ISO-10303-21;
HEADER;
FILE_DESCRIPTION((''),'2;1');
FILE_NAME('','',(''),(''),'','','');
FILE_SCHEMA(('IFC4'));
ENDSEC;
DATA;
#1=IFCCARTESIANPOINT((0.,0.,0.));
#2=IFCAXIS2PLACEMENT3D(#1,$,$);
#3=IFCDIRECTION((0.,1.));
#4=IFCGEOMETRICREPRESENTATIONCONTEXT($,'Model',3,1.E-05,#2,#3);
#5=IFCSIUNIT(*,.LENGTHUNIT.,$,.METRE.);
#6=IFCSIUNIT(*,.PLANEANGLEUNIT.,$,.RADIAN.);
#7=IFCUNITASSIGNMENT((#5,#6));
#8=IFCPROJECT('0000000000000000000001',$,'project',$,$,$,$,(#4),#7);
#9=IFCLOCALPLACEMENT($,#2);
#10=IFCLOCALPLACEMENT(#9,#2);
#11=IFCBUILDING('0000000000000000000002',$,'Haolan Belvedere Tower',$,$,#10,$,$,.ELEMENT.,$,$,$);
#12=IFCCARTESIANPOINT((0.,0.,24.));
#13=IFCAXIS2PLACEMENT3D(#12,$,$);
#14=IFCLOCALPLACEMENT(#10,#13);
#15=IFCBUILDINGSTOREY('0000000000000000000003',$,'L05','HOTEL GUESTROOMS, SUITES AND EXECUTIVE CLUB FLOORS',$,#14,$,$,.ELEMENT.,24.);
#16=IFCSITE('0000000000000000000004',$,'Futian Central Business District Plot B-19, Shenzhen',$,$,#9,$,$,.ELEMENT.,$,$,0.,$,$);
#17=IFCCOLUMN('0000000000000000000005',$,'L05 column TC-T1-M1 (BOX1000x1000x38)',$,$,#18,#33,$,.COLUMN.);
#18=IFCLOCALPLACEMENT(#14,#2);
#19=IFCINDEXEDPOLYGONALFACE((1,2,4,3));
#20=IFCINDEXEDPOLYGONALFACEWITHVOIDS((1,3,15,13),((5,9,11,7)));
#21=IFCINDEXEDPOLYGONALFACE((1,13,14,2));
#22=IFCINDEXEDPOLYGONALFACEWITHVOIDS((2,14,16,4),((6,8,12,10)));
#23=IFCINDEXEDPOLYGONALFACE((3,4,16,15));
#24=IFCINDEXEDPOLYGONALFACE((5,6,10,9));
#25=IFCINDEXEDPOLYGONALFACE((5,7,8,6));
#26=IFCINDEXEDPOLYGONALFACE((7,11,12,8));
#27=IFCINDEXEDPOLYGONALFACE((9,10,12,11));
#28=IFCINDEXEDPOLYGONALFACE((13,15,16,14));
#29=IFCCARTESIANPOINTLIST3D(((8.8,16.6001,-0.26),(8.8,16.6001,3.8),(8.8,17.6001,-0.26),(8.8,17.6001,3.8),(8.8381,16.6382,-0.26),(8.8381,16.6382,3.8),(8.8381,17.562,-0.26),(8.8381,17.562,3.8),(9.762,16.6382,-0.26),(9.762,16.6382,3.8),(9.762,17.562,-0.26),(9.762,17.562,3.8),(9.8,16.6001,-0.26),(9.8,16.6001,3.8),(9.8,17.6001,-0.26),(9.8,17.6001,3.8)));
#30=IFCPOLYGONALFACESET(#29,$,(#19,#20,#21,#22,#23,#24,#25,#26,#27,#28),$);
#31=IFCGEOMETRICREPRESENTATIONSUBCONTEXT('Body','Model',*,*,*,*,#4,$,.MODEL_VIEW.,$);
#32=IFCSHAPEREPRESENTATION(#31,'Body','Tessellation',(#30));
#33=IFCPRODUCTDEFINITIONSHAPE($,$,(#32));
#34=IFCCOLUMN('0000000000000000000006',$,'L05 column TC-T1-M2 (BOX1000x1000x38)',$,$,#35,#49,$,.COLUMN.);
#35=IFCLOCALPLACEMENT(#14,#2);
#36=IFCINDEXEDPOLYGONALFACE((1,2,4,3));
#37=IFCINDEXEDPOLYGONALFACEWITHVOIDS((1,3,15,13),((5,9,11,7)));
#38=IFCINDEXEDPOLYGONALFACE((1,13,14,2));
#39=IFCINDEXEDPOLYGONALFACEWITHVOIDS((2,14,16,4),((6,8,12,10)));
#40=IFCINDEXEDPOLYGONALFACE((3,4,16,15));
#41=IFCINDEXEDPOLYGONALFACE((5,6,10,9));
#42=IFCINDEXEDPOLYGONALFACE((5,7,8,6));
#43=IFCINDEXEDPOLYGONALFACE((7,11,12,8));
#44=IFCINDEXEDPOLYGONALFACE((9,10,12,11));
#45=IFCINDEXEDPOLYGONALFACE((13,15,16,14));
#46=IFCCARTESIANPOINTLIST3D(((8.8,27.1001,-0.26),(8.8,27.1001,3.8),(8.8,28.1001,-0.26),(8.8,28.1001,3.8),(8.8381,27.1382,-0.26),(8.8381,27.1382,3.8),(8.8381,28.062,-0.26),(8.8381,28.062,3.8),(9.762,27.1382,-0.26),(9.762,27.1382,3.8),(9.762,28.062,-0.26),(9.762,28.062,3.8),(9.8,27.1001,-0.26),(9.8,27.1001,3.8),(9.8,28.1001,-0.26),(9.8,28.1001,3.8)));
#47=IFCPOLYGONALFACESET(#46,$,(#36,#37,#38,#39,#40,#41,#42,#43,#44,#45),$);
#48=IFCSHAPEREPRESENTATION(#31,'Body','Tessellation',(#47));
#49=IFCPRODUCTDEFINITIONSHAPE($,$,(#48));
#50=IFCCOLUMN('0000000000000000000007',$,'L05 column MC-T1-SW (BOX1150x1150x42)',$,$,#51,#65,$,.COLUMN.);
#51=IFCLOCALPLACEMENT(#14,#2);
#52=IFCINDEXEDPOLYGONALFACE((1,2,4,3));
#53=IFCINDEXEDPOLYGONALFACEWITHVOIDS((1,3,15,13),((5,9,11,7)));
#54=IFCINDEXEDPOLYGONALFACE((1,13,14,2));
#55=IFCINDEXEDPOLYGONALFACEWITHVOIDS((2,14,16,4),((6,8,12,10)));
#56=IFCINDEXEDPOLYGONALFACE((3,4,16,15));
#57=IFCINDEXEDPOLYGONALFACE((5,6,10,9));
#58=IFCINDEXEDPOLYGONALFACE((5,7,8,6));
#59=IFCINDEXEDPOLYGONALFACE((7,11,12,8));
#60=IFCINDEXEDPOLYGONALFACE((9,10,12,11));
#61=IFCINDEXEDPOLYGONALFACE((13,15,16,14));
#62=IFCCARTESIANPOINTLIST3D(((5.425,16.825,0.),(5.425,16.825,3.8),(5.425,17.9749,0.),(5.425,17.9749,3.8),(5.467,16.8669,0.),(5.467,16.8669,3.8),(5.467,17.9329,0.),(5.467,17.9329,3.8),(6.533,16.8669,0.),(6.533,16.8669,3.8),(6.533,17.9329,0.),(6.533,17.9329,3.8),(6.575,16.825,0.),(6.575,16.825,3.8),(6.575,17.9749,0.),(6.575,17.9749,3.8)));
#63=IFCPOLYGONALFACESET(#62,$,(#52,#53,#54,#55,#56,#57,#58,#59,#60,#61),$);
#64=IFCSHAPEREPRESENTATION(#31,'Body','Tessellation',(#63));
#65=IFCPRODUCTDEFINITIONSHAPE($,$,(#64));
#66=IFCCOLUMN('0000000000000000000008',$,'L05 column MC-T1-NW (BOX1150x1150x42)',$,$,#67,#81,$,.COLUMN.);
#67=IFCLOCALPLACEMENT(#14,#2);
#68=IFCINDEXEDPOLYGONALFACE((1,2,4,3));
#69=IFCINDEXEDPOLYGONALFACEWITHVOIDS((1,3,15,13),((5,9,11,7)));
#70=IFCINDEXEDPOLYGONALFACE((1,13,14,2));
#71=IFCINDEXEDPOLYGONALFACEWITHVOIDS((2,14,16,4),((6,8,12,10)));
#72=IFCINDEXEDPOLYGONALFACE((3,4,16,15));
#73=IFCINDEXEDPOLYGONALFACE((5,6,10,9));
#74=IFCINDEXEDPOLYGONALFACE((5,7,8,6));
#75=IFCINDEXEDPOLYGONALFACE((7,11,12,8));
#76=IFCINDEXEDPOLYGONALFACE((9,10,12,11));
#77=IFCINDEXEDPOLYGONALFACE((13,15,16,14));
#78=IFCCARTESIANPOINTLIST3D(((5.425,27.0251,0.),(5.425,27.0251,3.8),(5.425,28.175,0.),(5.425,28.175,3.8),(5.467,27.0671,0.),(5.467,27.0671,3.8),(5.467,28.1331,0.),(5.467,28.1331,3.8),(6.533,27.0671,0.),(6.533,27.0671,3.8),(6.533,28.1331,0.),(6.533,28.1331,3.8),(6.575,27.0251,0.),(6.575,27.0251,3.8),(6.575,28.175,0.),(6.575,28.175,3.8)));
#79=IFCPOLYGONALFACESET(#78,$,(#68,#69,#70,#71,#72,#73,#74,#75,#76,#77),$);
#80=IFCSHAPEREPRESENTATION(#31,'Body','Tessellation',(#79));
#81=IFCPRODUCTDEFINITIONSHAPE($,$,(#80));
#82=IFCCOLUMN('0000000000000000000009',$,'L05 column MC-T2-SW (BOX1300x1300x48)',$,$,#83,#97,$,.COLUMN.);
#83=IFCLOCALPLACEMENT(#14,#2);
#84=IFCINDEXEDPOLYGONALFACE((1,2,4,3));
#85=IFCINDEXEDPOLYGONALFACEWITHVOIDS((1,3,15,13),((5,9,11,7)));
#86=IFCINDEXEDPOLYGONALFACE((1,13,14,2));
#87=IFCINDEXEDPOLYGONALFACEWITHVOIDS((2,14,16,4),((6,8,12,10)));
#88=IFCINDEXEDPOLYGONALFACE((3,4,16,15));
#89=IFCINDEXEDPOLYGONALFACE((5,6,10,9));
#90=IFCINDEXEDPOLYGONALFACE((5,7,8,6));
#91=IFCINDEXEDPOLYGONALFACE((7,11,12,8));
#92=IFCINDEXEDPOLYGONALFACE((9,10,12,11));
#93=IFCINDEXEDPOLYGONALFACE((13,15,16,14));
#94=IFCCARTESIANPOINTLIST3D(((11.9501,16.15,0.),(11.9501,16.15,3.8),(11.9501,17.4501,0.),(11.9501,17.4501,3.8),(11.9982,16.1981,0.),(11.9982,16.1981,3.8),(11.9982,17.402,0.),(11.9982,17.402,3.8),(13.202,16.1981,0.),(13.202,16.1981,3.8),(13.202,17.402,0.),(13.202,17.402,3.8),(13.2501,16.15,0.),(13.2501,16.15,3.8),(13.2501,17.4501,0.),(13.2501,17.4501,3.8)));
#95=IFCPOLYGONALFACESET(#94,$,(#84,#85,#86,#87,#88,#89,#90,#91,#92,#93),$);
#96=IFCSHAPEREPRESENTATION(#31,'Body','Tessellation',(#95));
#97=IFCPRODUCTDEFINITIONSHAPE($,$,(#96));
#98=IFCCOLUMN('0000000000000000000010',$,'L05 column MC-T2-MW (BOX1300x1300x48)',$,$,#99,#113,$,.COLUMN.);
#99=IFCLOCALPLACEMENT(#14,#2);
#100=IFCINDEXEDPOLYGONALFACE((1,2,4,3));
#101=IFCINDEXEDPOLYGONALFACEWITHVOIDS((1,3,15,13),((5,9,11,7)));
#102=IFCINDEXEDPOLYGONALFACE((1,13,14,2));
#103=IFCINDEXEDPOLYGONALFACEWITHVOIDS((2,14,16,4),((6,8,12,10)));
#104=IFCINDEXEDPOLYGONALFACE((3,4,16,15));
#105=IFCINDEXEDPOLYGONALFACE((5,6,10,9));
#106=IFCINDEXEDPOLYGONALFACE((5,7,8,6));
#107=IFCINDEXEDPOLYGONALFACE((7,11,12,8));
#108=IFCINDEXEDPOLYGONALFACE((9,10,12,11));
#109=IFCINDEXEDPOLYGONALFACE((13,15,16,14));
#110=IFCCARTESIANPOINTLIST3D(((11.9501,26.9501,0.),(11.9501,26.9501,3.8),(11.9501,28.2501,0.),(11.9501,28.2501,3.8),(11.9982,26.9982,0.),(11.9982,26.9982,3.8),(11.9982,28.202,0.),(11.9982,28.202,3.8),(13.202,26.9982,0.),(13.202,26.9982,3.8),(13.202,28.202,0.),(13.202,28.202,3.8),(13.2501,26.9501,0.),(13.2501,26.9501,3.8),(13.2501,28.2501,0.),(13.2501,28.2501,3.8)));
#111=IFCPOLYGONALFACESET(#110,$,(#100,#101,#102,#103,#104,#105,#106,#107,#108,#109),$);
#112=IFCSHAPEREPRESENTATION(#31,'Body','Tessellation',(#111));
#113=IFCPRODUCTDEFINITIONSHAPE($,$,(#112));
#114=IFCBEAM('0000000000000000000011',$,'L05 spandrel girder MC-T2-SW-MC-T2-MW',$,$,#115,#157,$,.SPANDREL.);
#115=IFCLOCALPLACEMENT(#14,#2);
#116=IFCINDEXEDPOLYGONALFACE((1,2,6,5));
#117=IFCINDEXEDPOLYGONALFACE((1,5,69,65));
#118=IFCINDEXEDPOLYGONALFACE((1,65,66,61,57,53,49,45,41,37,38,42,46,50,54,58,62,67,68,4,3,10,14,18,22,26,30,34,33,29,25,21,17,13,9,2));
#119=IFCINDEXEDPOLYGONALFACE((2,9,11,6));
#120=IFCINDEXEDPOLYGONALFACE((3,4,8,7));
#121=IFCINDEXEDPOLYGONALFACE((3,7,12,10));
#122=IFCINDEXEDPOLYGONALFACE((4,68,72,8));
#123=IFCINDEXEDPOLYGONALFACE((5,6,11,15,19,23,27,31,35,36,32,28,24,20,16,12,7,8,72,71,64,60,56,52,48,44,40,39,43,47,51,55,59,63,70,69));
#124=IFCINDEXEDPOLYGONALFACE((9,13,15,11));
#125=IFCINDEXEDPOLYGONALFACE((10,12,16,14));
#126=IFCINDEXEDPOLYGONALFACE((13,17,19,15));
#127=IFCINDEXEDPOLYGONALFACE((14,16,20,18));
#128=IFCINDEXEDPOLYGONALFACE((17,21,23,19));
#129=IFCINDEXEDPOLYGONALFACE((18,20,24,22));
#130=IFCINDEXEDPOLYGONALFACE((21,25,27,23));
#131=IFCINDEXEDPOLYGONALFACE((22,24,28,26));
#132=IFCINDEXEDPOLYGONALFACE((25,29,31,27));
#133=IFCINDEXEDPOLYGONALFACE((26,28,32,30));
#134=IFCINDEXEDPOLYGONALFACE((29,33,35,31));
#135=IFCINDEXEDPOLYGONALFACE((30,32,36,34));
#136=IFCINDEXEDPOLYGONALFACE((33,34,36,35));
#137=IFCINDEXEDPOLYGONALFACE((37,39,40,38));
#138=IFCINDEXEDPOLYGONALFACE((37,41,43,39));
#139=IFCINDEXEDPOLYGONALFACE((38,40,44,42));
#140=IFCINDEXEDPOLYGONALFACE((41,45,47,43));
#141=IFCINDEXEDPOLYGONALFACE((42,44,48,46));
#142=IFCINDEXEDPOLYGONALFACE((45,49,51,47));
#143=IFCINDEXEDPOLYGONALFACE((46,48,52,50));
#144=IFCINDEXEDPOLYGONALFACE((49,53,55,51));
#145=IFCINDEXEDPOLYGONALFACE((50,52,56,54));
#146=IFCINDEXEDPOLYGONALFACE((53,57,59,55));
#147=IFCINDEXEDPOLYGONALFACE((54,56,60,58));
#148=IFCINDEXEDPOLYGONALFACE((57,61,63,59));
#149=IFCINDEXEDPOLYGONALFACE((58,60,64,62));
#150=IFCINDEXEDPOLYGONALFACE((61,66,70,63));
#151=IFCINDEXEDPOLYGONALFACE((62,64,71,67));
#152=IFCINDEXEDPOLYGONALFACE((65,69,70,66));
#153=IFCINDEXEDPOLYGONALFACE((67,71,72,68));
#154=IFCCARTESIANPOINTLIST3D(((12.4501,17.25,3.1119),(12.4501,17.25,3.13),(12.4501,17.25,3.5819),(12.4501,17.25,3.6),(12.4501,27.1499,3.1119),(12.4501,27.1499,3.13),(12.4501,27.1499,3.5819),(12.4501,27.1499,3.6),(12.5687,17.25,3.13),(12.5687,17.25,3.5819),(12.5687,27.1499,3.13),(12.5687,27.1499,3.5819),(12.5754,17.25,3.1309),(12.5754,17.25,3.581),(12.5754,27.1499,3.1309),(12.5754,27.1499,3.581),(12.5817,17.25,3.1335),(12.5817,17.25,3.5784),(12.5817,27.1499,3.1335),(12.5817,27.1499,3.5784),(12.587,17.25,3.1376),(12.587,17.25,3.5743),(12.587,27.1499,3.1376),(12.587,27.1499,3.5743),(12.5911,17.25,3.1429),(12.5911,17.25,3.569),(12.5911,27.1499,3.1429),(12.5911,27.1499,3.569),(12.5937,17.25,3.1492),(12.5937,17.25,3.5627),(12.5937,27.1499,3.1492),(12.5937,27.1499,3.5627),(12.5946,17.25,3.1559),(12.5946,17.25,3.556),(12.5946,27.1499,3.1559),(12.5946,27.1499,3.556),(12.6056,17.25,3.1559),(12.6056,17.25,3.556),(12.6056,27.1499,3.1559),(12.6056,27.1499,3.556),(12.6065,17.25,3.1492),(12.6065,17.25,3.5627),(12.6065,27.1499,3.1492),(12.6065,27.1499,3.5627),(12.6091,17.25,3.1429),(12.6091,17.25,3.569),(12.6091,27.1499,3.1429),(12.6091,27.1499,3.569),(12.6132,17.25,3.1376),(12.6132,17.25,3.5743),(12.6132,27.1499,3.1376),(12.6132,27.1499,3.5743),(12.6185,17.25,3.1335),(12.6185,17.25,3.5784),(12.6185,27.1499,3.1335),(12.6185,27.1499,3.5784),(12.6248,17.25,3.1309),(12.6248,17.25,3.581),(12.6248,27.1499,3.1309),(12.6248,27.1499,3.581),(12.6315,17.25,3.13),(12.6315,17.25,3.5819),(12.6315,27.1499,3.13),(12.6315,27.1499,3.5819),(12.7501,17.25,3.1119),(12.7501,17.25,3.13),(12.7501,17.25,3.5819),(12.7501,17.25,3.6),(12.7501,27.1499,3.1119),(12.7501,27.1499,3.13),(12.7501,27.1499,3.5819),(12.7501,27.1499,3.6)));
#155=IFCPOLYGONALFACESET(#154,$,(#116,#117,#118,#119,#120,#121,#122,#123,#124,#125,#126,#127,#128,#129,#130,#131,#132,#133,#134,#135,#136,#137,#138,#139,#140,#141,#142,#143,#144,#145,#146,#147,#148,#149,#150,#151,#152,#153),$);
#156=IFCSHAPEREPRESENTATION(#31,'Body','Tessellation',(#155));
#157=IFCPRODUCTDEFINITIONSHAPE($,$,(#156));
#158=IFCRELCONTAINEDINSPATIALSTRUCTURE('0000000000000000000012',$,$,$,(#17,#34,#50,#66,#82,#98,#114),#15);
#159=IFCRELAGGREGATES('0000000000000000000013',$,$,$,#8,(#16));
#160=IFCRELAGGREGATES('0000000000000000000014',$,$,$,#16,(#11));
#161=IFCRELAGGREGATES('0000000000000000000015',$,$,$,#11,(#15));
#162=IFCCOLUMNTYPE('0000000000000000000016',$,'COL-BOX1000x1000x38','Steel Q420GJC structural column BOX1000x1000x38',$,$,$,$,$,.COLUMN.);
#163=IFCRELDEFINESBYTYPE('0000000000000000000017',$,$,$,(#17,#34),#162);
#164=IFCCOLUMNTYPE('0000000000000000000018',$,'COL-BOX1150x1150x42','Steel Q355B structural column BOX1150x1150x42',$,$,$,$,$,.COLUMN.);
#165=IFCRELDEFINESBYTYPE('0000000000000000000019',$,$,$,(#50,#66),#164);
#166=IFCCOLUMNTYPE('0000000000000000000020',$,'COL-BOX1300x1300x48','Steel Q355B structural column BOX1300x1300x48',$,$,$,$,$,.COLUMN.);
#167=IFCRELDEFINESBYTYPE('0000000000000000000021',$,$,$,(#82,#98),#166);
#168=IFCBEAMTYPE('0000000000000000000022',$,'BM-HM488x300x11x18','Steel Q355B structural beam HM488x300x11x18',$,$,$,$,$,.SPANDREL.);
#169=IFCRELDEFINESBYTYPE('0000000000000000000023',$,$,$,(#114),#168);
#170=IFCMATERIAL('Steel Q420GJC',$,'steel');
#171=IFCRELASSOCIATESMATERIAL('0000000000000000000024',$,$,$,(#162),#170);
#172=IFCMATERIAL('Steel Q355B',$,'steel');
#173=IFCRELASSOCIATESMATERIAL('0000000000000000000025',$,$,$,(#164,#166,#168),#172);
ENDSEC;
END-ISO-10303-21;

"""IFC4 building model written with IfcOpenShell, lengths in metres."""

from ifc_helpers import new_model, si_unit, direction, frame, origin, origin_2d, place, context, subcontext, project, spatial, hollow_rectangle, i_section, extrude, material, material_profile, profile_set, type_object, element, save


model = new_model("IFC4")

# Units and contexts
model_context = context("Model", 3, precision=1e-05, world=origin(), true_north=direction((0.0, 1.0)))
body_context = subcontext(model_context, "Body", "Model", "MODEL_VIEW")
ifc_project = project(units=[si_unit("LENGTHUNIT", "METRE"), si_unit("PLANEANGLEUNIT", "RADIAN")], contexts=[model_context])

# Site, building, storey
site_placement = place(None, origin())
site = spatial("IfcSite", under=ifc_project, at=site_placement, Name="Futian Central Business District Plot B-19, Shenzhen", CompositionType="ELEMENT", RefElevation=0.0)
building_placement = place(site_placement, origin())
building = spatial("IfcBuilding", under=site, at=building_placement, Name="Haolan Belvedere Tower", CompositionType="ELEMENT")
storey_placement = place(building_placement, frame((0.0, 0.0, 24.0)))
storey = spatial("IfcBuildingStorey", under=building, at=storey_placement, Name="L05", Description="HOTEL GUESTROOMS, SUITES AND EXECUTIVE CLUB FLOORS", CompositionType="ELEMENT", Elevation=24.0)

# Columns
ifc_material_1 = material(Name="Steel Q420GJC", Category="steel")
ifc_material_profile_1 = material_profile(ifc_material_1, hollow_rectangle(XDim=1.0, YDim=1.0, WallThickness=0.0381, at=origin_2d()), Name="Steel Q420GJC")
ifc_profile_set_1 = profile_set([ifc_material_profile_1], Name="Steel Q420GJC")
column_type_1 = type_object("IfcColumnType", Name="COL-BOX1000x1000x38", Description="Steel Q420GJC structural column BOX1000x1000x38", PredefinedType="COLUMN", material=ifc_profile_set_1)
for number, where, z_axis, x_axis, name in (
    (1, (9.3, 17.1001, -0.26), (0.0, 0.0, 1.0), (1.0, 0.0, 0.0), "L05 column TC-T1-M1 (BOX1000x1000x38)"),
    (2, (9.3, 27.6001, -0.26), (0.0, 0.0, 1.0), (1.0, 0.0, 0.0), "L05 column TC-T1-M2 (BOX1000x1000x38)"),
):
    element("IfcColumn", number, at=place(storey_placement, frame(where, z_axis=z_axis, x_axis=x_axis)), inside=storey, type_object=column_type_1, Name=name, PredefinedType="COLUMN", context=body_context, shape_type="SweptSolid", body=[
        extrude(hollow_rectangle(XDim=1.0, YDim=1.0, WallThickness=0.0381, at=origin_2d()), origin(), (0.0, 0.0, 1.0), 4.0601),
    ])
ifc_material_2 = material(Name="Steel Q355B", Category="steel")
ifc_material_profile_2 = material_profile(ifc_material_2, hollow_rectangle(XDim=1.1499, YDim=1.1499, WallThickness=0.042, at=origin_2d()), Name="Steel Q355B")
ifc_profile_set_2 = profile_set([ifc_material_profile_2], Name="Steel Q355B")
column_type_2 = type_object("IfcColumnType", Name="COL-BOX1150x1150x42", Description="Steel Q355B structural column BOX1150x1150x42", PredefinedType="COLUMN", material=ifc_profile_set_2)
for number, where, z_axis, x_axis, name in (
    (3, (6.0, 17.3999, 0.0), (0.0, 0.0, 1.0), (1.0, 0.0, 0.0), "L05 column MC-T1-SW (BOX1150x1150x42)"),
    (4, (6.0, 27.6001, 0.0), (0.0, 0.0, 1.0), (1.0, 0.0, 0.0), "L05 column MC-T1-NW (BOX1150x1150x42)"),
):
    element("IfcColumn", number, at=place(storey_placement, frame(where, z_axis=z_axis, x_axis=x_axis)), inside=storey, type_object=column_type_2, Name=name, PredefinedType="COLUMN", context=body_context, shape_type="SweptSolid", body=[
        extrude(hollow_rectangle(XDim=1.1499, YDim=1.1499, WallThickness=0.042, at=origin_2d()), origin(), (0.0, 0.0, 1.0), 3.8),
    ])
ifc_material_profile_3 = material_profile(ifc_material_2, hollow_rectangle(XDim=1.3, YDim=1.3, WallThickness=0.0481, at=origin_2d()), Name="Steel Q355B")
ifc_profile_set_3 = profile_set([ifc_material_profile_3], Name="Steel Q355B")
column_type_3 = type_object("IfcColumnType", Name="COL-BOX1300x1300x48", Description="Steel Q355B structural column BOX1300x1300x48", PredefinedType="COLUMN", material=ifc_profile_set_3)
for number, where, z_axis, x_axis, name in (
    (5, (12.6001, 16.8, 0.0), (0.0, 0.0, 1.0), (1.0, 0.0, 0.0), "L05 column MC-T2-SW (BOX1300x1300x48)"),
    (6, (12.6001, 27.6001, 0.0), (0.0, 0.0, 1.0), (1.0, 0.0, 0.0), "L05 column MC-T2-MW (BOX1300x1300x48)"),
):
    element("IfcColumn", number, at=place(storey_placement, frame(where, z_axis=z_axis, x_axis=x_axis)), inside=storey, type_object=column_type_3, Name=name, PredefinedType="COLUMN", context=body_context, shape_type="SweptSolid", body=[
        extrude(hollow_rectangle(XDim=1.3, YDim=1.3, WallThickness=0.0481, at=origin_2d()), origin(), (0.0, 0.0, 1.0), 3.8),
    ])

# Beam
ifc_material_profile_4 = material_profile(ifc_material_2, i_section(OverallWidth=0.3, OverallDepth=0.488, WebThickness=0.011, FlangeThickness=0.0181, FilletRadius=0.0259, at=origin_2d()), Name="Steel Q355B")
ifc_profile_set_4 = profile_set([ifc_material_profile_4], Name="Steel Q355B")
beam_type_1 = type_object("IfcBeamType", Name="BM-HM488x300x11x18", Description="Steel Q355B structural beam HM488x300x11x18", PredefinedType="SPANDREL", material=ifc_profile_set_4)
beam_1_placement = place(storey_placement, frame((12.6001, 17.25, 3.356), z_axis=(0.0, 1.0, 0.0), x_axis=(-1.0, 0.0, 0.0)))
element("IfcBeam", 7, at=beam_1_placement, inside=storey, type_object=beam_type_1, Name="L05 spandrel girder MC-T2-SW-MC-T2-MW", PredefinedType="SPANDREL", context=body_context, shape_type="SweptSolid", body=[
    extrude(i_section(OverallWidth=0.3, OverallDepth=0.488, WebThickness=0.011, FlangeThickness=0.0181, FilletRadius=0.0259, at=origin_2d()), origin(), (0.0, 0.0, 1.0), 9.8999),
])

save(model, "model.ifc")
